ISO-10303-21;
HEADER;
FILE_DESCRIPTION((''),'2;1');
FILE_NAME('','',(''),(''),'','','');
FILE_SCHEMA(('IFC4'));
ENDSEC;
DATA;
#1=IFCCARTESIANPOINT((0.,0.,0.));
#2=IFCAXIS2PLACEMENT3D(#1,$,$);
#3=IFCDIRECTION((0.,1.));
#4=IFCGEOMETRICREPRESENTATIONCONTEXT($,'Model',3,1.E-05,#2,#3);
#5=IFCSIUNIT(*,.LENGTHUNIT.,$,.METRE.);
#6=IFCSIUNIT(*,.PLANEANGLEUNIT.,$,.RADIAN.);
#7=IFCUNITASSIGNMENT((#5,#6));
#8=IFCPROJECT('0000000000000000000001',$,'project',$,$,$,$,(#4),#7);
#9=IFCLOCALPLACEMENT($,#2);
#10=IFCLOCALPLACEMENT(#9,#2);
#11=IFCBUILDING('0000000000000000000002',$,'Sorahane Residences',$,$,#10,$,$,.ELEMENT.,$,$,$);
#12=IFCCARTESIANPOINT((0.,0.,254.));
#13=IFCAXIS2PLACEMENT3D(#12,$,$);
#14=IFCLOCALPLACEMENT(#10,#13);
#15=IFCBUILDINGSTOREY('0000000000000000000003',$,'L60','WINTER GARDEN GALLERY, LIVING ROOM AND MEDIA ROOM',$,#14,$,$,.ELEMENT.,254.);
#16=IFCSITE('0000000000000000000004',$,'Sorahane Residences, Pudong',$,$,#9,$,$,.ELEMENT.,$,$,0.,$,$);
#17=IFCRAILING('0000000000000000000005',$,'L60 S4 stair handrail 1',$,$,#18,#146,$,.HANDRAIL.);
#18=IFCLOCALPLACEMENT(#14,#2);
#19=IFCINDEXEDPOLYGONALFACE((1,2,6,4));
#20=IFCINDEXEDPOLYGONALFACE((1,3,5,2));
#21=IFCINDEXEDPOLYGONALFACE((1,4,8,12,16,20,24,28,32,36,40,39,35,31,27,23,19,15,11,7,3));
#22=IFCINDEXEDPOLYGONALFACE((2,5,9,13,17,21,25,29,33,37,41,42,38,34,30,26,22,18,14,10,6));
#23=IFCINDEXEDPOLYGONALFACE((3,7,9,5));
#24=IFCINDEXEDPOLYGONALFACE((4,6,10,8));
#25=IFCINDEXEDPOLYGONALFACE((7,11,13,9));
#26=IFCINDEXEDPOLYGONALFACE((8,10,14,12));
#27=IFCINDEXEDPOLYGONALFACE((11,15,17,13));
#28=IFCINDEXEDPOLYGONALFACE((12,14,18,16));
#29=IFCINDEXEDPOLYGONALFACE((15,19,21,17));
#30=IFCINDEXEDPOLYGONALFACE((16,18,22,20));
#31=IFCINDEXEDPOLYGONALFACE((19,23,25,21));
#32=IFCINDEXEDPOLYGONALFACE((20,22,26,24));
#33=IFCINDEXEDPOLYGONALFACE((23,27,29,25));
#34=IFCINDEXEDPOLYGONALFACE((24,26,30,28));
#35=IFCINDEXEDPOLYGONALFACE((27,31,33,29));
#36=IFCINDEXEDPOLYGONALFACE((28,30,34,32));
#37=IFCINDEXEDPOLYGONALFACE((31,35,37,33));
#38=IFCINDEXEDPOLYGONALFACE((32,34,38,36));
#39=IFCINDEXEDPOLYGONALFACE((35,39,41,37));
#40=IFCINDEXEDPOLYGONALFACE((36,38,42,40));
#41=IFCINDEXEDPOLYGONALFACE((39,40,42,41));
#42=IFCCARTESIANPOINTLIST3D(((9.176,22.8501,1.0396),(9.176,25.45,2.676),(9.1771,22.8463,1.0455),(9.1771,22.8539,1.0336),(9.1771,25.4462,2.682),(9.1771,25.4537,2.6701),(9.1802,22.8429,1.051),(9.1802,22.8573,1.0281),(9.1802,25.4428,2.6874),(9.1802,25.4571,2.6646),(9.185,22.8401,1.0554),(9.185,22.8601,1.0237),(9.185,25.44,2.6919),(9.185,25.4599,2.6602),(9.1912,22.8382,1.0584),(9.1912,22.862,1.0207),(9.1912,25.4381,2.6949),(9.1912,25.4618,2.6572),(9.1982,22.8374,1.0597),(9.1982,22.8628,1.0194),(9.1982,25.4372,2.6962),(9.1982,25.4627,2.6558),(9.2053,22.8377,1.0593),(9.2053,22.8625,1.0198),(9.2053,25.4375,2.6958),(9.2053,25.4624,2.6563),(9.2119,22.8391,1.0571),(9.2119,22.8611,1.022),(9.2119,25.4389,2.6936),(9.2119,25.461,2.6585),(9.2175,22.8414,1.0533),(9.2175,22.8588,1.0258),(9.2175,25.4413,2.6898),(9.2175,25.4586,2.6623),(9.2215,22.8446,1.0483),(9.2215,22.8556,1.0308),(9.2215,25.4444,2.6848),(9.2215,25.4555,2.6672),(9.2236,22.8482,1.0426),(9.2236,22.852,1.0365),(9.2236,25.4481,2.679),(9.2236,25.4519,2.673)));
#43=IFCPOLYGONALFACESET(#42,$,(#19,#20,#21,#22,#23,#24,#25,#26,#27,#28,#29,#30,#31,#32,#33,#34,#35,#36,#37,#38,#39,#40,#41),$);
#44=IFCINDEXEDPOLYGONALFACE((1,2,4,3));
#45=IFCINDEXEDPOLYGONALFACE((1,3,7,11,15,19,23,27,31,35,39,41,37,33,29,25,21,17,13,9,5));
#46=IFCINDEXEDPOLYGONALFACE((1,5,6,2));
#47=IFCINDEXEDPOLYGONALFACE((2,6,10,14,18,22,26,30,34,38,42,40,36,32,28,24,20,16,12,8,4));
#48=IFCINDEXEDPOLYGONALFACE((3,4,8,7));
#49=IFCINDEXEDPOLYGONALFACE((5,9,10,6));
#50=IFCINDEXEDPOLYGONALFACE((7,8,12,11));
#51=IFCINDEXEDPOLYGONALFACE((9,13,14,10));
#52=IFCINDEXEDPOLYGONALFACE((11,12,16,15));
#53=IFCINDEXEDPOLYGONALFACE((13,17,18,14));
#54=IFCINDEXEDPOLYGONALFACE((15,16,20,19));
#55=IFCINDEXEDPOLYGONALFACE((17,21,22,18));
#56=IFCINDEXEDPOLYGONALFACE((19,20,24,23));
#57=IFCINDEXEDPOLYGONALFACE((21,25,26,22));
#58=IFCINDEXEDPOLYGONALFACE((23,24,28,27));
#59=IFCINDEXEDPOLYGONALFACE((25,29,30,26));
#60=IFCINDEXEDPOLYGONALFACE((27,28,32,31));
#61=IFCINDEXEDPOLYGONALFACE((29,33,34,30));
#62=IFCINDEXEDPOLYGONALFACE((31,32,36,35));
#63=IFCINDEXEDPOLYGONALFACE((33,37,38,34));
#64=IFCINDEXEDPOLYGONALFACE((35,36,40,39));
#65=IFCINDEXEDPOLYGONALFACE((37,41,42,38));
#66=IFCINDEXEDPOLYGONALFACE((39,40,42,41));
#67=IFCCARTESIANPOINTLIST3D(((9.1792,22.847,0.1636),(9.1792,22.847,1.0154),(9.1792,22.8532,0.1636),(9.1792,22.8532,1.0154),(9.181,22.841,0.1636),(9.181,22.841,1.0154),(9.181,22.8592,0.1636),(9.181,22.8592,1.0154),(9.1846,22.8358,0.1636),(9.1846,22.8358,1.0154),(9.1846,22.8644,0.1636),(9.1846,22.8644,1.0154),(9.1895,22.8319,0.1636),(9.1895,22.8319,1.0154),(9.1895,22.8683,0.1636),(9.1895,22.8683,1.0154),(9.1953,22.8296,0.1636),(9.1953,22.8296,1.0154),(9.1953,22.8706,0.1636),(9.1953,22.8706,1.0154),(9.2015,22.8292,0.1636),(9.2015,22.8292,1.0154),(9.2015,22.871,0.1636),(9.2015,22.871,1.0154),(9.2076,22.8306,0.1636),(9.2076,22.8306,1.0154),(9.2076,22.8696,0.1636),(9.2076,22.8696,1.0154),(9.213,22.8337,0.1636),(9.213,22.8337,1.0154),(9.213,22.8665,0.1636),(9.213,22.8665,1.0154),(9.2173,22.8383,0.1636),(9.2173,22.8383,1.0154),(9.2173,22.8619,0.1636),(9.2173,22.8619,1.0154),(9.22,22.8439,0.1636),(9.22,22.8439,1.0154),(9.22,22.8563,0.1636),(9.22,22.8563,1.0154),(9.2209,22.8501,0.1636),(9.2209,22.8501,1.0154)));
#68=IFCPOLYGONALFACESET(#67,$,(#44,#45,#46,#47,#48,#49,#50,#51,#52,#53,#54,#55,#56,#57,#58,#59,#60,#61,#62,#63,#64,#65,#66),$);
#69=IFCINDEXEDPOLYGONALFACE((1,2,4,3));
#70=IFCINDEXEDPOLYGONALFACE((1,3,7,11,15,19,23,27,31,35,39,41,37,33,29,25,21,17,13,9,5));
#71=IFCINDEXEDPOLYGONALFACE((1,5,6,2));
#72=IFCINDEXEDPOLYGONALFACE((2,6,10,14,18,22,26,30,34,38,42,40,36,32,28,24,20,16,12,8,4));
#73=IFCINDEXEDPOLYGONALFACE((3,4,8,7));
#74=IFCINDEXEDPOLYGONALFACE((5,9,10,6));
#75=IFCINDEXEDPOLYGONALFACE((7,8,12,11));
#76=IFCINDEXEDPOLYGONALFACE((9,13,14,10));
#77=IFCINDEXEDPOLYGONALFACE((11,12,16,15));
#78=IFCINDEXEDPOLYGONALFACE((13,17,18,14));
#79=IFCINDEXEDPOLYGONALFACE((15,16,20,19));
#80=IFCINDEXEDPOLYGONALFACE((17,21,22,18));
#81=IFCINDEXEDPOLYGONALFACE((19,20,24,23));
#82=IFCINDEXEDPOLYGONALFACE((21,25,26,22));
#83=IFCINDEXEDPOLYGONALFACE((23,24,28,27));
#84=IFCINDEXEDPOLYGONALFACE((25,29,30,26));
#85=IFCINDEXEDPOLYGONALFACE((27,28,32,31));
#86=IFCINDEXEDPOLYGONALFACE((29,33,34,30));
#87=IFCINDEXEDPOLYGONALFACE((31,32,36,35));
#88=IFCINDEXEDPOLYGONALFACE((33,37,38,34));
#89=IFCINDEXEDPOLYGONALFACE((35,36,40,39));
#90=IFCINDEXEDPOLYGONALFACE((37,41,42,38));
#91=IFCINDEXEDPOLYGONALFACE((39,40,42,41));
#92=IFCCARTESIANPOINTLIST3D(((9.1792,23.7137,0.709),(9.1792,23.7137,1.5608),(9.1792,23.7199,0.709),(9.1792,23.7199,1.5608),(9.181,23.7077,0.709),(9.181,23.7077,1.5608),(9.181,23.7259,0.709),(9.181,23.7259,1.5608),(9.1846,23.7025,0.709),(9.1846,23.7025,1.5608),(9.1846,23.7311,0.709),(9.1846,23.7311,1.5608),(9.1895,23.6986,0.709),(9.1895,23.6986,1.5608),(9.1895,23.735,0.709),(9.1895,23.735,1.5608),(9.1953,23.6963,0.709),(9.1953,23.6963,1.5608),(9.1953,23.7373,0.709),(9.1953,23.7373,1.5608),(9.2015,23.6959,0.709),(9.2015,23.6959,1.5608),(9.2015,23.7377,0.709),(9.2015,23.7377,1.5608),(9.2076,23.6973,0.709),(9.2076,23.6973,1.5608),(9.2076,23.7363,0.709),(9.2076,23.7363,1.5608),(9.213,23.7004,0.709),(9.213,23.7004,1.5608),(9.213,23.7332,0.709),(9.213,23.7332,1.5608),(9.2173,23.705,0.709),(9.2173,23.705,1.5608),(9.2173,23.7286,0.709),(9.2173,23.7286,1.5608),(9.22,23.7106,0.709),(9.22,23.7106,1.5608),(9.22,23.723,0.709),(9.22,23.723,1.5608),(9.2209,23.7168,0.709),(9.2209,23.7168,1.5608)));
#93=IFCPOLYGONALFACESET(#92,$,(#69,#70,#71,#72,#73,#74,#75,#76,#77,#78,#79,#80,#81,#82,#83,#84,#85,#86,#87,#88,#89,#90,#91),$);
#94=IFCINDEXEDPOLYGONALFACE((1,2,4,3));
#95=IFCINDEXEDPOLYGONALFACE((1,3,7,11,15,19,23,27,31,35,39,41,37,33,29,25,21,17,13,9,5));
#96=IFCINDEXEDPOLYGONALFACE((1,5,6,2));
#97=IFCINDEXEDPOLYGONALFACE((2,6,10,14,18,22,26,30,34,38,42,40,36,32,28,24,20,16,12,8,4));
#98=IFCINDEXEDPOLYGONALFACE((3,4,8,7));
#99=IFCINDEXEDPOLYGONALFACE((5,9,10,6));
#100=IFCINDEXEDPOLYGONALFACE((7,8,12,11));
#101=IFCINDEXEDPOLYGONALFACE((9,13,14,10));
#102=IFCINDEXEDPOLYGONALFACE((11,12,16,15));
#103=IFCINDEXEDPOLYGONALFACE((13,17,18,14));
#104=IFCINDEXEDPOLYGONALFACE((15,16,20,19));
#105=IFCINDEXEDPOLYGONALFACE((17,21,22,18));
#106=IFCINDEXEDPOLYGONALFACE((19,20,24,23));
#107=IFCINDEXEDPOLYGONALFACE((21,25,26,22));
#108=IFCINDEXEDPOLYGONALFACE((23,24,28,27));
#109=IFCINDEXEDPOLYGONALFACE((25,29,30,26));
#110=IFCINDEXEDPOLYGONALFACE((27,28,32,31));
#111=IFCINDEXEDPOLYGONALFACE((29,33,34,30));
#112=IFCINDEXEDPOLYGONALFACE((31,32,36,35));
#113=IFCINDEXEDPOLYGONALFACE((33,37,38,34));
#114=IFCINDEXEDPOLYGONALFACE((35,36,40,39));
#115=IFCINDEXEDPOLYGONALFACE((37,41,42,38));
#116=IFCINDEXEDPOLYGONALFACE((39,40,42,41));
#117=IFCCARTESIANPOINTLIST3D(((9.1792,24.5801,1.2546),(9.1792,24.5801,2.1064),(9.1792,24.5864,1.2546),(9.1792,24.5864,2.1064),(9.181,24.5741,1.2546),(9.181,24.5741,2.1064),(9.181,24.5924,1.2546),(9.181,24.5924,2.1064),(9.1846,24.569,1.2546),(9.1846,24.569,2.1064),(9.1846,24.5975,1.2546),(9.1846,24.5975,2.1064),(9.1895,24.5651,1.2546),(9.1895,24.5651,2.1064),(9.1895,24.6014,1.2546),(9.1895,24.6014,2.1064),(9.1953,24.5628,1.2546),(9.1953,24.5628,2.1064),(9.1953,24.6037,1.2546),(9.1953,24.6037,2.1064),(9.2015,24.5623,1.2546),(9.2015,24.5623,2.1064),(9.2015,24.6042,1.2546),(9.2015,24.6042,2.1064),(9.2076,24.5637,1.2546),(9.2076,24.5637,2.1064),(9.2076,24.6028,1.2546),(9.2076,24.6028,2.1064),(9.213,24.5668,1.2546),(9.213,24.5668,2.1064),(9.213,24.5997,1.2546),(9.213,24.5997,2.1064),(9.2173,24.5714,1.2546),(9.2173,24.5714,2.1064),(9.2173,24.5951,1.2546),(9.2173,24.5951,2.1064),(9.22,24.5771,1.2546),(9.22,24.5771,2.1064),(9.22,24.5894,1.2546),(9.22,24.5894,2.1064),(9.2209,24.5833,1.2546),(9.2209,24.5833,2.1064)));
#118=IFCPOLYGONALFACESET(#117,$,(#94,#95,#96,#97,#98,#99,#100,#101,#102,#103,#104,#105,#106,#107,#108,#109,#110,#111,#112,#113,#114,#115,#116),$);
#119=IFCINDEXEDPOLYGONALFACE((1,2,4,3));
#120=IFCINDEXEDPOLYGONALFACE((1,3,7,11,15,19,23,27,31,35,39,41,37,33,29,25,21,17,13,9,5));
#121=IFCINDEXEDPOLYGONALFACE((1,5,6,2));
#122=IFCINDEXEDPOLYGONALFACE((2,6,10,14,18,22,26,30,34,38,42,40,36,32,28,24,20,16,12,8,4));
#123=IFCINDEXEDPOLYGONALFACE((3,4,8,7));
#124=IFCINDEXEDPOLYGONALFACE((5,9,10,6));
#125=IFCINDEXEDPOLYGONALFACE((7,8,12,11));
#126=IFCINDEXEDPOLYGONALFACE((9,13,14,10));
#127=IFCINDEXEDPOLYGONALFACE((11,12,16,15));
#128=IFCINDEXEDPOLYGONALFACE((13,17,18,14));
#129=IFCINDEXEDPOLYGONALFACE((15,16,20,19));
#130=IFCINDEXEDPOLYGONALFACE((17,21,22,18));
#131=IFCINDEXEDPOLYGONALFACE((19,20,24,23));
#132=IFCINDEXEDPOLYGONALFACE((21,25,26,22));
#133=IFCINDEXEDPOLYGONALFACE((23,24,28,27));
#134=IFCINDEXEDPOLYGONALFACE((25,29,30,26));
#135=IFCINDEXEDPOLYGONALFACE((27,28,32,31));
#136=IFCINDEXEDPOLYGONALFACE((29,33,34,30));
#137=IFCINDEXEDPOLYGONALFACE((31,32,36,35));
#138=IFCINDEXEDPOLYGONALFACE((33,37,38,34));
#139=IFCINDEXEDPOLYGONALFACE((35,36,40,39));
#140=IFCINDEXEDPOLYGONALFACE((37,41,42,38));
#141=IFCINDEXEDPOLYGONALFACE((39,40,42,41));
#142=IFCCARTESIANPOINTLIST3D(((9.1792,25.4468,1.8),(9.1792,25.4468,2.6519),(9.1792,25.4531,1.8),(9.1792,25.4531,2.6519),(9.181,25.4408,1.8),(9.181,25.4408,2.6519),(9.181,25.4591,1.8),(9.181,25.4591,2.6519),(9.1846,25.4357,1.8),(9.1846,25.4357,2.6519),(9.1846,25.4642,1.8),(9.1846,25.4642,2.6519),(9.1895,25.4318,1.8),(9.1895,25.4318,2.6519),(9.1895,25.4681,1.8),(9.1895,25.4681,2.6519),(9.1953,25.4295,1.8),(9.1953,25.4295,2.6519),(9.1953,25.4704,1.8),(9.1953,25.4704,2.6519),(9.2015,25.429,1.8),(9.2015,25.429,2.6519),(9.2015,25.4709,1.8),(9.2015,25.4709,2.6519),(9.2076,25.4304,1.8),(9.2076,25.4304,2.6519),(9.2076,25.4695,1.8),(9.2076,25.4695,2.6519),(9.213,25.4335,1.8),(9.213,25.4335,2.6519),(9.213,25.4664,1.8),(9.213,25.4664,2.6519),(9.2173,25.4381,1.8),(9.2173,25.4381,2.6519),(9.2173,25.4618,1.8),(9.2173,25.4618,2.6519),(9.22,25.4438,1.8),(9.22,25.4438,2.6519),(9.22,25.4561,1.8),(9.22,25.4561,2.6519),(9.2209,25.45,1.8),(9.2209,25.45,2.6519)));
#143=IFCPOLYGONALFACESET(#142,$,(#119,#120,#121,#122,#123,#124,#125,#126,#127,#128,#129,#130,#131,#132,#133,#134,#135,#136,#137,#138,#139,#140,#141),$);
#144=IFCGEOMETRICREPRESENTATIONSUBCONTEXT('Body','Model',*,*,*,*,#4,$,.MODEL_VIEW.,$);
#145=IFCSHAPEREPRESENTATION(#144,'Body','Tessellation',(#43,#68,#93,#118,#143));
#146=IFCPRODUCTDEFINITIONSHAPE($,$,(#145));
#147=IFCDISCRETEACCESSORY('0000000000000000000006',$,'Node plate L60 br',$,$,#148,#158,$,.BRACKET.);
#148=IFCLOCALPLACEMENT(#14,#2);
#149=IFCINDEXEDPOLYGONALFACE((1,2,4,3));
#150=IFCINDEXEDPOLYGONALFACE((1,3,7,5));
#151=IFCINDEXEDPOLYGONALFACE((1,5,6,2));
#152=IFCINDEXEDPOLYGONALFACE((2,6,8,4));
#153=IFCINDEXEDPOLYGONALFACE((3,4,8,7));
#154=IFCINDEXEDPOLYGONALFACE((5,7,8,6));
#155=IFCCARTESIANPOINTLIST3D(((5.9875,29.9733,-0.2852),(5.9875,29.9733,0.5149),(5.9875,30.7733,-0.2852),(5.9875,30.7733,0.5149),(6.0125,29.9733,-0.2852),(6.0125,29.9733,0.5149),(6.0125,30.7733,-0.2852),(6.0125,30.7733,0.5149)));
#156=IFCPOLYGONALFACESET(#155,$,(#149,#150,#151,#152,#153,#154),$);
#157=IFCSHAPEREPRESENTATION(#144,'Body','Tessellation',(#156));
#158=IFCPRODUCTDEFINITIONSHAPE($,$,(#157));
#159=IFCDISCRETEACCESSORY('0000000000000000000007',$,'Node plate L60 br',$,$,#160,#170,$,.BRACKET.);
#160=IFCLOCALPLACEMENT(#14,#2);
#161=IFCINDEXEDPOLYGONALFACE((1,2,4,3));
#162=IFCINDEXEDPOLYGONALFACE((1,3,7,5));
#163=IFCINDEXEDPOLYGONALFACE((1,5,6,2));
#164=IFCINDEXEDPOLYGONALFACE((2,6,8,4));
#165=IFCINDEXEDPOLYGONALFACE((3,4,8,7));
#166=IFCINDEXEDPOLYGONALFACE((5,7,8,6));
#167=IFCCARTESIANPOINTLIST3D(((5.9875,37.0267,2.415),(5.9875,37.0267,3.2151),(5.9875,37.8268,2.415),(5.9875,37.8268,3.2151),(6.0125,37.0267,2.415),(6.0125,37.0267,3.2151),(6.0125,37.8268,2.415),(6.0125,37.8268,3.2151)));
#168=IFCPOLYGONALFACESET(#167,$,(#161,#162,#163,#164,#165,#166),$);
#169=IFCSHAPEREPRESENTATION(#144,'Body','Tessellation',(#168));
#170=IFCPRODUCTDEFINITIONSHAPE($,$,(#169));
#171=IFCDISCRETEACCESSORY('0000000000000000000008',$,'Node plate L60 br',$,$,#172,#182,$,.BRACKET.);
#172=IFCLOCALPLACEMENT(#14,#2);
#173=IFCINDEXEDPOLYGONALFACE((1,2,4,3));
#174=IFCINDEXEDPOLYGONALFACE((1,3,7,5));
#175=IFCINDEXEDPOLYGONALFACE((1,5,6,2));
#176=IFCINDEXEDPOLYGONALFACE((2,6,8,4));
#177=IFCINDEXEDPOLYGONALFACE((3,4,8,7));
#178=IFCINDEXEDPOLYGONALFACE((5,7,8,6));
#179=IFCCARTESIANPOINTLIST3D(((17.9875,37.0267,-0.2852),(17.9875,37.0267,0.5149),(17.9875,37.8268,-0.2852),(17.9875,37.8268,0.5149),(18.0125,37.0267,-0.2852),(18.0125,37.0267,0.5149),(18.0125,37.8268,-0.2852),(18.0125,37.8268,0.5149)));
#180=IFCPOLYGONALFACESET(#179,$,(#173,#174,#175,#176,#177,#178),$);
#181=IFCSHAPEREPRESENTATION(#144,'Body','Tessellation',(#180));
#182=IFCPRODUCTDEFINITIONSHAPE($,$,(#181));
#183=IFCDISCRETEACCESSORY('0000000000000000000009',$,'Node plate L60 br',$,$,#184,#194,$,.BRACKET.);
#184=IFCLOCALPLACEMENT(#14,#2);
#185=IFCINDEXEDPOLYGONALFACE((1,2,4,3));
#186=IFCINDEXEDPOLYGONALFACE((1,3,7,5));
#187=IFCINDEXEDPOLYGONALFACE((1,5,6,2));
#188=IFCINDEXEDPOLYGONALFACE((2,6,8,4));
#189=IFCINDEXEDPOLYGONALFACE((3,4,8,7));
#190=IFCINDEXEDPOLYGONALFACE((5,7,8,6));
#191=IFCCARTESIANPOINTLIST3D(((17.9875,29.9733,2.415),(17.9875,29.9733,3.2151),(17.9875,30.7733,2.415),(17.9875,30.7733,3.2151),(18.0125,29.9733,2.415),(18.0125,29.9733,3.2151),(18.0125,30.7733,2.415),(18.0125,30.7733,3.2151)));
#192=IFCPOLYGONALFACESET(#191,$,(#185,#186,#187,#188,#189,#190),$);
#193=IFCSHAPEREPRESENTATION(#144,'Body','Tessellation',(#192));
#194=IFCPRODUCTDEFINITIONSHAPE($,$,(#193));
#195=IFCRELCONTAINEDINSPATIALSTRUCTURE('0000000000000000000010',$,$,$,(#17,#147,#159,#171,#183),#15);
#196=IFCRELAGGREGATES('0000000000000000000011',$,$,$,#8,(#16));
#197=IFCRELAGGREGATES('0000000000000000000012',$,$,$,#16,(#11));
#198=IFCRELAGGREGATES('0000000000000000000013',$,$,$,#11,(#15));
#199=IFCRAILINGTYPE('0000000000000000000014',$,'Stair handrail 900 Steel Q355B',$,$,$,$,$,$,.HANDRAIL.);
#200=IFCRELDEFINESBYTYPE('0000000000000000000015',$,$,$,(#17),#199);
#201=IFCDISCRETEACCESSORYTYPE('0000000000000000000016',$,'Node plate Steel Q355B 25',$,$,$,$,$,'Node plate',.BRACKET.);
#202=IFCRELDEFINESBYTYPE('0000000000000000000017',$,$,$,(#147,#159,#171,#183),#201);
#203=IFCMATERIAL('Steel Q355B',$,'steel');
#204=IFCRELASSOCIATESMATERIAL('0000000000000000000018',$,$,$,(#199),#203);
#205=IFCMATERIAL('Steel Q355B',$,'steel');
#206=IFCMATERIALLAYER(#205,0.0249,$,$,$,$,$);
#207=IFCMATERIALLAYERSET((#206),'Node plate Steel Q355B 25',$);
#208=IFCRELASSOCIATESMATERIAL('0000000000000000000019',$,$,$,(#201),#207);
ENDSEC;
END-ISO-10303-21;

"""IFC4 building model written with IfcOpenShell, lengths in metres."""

from ifc_helpers import new_model, si_unit, direction, frame, origin, origin_2d, place, context, subcontext, project, spatial, rectangle, circle, extrude, material, layer, layer_set, type_object, element, save


model = new_model("IFC4")

# Units and contexts
model_context = context("Model", 3, precision=1e-05, world=origin(), true_north=direction((0.0, 1.0)))
body_context = subcontext(model_context, "Body", "Model", "MODEL_VIEW")
ifc_project = project(units=[si_unit("LENGTHUNIT", "METRE"), si_unit("PLANEANGLEUNIT", "RADIAN")], contexts=[model_context])

# Site, building, storey
site_placement = place(None, origin())
site = spatial("IfcSite", under=ifc_project, at=site_placement, Name="Sorahane Residences, Pudong", CompositionType="ELEMENT", RefElevation=0.0)
building_placement = place(site_placement, origin())
building = spatial("IfcBuilding", under=site, at=building_placement, Name="Sorahane Residences", CompositionType="ELEMENT")
storey_placement = place(building_placement, frame((0.0, 0.0, 254.0)))
storey = spatial("IfcBuildingStorey", under=building, at=storey_placement, Name="L60", Description="WINTER GARDEN GALLERY, LIVING ROOM AND MEDIA ROOM", CompositionType="ELEMENT", Elevation=254.0)

# Railing
ifc_material_1 = material(Name="Steel Q355B", Category="steel")
railing_type_1 = type_object("IfcRailingType", Name="Stair handrail 900 Steel Q355B", PredefinedType="HANDRAIL", material=ifc_material_1)
railing_1_placement = place(storey_placement, frame((9.2, 22.8501, 0.1636)))
element("IfcRailing", 1, at=railing_1_placement, inside=storey, type_object=railing_type_1, Name="L60 S4 stair handrail 1", PredefinedType="HANDRAIL", context=body_context, shape_type="SweptSolid", body=[
    extrude(circle(Radius=0.0239, at=origin_2d()), frame((0.0, 0.0, 0.876), z_axis=(0.0, 0.846302, 0.532704), x_axis=(-1.0, 0.0, 0.0)), (0.0, 0.0, 1.0), 3.072),
    extrude(circle(Radius=0.021, at=origin_2d()), origin(), (0.0, 0.0, 1.0), 0.8518),
    extrude(circle(Radius=0.021, at=origin_2d()), frame((0.0, 0.8667, 0.5454)), (0.0, 0.0, 1.0), 0.8518),
    extrude(circle(Radius=0.021, at=origin_2d()), frame((0.0, 1.7332, 1.0911)), (0.0, 0.0, 1.0), 0.8518),
    extrude(circle(Radius=0.021, at=origin_2d()), frame((0.0, 2.5999, 1.6365)), (0.0, 0.0, 1.0), 0.8518),
])

# Discrete accessories
ifc_material_2 = material(Name="Steel Q355B", Category="steel")
ifc_layer_1 = layer(ifc_material_2, 0.0249)
ifc_layer_set_1 = layer_set([ifc_layer_1], Name="Node plate Steel Q355B 25")
discrete_accessory_type = type_object("IfcDiscreteAccessoryType", Name="Node plate Steel Q355B 25", ElementType="Node plate", PredefinedType="BRACKET", material=ifc_layer_set_1)
for number, where, z_axis, x_axis, name in (
    (2, (6.0, 30.3733, -0.2852), (0.0, 0.0, 1.0), (0.0, 1.0, 0.0), "Node plate L60 br"),
    (3, (6.0, 37.4268, 2.415), (0.0, 0.0, 1.0), (0.0, 1.0, 0.0), "Node plate L60 br"),
    (4, (18.0, 37.4268, -0.2852), (0.0, 0.0, 1.0), (0.0, 1.0, 0.0), "Node plate L60 br"),
    (5, (18.0, 30.3733, 2.415), (0.0, 0.0, 1.0), (0.0, 1.0, 0.0), "Node plate L60 br"),
):
    element("IfcDiscreteAccessory", number, at=place(storey_placement, frame(where, z_axis=z_axis, x_axis=x_axis)), inside=storey, type_object=discrete_accessory_type, Name=name, PredefinedType="BRACKET", context=body_context, shape_type="SweptSolid", body=[
        extrude(rectangle(XDim=0.8, YDim=0.0249, at=origin_2d()), origin(), (0.0, 0.0, 1.0), 0.8),
    ])

save(model, "model.ifc")
